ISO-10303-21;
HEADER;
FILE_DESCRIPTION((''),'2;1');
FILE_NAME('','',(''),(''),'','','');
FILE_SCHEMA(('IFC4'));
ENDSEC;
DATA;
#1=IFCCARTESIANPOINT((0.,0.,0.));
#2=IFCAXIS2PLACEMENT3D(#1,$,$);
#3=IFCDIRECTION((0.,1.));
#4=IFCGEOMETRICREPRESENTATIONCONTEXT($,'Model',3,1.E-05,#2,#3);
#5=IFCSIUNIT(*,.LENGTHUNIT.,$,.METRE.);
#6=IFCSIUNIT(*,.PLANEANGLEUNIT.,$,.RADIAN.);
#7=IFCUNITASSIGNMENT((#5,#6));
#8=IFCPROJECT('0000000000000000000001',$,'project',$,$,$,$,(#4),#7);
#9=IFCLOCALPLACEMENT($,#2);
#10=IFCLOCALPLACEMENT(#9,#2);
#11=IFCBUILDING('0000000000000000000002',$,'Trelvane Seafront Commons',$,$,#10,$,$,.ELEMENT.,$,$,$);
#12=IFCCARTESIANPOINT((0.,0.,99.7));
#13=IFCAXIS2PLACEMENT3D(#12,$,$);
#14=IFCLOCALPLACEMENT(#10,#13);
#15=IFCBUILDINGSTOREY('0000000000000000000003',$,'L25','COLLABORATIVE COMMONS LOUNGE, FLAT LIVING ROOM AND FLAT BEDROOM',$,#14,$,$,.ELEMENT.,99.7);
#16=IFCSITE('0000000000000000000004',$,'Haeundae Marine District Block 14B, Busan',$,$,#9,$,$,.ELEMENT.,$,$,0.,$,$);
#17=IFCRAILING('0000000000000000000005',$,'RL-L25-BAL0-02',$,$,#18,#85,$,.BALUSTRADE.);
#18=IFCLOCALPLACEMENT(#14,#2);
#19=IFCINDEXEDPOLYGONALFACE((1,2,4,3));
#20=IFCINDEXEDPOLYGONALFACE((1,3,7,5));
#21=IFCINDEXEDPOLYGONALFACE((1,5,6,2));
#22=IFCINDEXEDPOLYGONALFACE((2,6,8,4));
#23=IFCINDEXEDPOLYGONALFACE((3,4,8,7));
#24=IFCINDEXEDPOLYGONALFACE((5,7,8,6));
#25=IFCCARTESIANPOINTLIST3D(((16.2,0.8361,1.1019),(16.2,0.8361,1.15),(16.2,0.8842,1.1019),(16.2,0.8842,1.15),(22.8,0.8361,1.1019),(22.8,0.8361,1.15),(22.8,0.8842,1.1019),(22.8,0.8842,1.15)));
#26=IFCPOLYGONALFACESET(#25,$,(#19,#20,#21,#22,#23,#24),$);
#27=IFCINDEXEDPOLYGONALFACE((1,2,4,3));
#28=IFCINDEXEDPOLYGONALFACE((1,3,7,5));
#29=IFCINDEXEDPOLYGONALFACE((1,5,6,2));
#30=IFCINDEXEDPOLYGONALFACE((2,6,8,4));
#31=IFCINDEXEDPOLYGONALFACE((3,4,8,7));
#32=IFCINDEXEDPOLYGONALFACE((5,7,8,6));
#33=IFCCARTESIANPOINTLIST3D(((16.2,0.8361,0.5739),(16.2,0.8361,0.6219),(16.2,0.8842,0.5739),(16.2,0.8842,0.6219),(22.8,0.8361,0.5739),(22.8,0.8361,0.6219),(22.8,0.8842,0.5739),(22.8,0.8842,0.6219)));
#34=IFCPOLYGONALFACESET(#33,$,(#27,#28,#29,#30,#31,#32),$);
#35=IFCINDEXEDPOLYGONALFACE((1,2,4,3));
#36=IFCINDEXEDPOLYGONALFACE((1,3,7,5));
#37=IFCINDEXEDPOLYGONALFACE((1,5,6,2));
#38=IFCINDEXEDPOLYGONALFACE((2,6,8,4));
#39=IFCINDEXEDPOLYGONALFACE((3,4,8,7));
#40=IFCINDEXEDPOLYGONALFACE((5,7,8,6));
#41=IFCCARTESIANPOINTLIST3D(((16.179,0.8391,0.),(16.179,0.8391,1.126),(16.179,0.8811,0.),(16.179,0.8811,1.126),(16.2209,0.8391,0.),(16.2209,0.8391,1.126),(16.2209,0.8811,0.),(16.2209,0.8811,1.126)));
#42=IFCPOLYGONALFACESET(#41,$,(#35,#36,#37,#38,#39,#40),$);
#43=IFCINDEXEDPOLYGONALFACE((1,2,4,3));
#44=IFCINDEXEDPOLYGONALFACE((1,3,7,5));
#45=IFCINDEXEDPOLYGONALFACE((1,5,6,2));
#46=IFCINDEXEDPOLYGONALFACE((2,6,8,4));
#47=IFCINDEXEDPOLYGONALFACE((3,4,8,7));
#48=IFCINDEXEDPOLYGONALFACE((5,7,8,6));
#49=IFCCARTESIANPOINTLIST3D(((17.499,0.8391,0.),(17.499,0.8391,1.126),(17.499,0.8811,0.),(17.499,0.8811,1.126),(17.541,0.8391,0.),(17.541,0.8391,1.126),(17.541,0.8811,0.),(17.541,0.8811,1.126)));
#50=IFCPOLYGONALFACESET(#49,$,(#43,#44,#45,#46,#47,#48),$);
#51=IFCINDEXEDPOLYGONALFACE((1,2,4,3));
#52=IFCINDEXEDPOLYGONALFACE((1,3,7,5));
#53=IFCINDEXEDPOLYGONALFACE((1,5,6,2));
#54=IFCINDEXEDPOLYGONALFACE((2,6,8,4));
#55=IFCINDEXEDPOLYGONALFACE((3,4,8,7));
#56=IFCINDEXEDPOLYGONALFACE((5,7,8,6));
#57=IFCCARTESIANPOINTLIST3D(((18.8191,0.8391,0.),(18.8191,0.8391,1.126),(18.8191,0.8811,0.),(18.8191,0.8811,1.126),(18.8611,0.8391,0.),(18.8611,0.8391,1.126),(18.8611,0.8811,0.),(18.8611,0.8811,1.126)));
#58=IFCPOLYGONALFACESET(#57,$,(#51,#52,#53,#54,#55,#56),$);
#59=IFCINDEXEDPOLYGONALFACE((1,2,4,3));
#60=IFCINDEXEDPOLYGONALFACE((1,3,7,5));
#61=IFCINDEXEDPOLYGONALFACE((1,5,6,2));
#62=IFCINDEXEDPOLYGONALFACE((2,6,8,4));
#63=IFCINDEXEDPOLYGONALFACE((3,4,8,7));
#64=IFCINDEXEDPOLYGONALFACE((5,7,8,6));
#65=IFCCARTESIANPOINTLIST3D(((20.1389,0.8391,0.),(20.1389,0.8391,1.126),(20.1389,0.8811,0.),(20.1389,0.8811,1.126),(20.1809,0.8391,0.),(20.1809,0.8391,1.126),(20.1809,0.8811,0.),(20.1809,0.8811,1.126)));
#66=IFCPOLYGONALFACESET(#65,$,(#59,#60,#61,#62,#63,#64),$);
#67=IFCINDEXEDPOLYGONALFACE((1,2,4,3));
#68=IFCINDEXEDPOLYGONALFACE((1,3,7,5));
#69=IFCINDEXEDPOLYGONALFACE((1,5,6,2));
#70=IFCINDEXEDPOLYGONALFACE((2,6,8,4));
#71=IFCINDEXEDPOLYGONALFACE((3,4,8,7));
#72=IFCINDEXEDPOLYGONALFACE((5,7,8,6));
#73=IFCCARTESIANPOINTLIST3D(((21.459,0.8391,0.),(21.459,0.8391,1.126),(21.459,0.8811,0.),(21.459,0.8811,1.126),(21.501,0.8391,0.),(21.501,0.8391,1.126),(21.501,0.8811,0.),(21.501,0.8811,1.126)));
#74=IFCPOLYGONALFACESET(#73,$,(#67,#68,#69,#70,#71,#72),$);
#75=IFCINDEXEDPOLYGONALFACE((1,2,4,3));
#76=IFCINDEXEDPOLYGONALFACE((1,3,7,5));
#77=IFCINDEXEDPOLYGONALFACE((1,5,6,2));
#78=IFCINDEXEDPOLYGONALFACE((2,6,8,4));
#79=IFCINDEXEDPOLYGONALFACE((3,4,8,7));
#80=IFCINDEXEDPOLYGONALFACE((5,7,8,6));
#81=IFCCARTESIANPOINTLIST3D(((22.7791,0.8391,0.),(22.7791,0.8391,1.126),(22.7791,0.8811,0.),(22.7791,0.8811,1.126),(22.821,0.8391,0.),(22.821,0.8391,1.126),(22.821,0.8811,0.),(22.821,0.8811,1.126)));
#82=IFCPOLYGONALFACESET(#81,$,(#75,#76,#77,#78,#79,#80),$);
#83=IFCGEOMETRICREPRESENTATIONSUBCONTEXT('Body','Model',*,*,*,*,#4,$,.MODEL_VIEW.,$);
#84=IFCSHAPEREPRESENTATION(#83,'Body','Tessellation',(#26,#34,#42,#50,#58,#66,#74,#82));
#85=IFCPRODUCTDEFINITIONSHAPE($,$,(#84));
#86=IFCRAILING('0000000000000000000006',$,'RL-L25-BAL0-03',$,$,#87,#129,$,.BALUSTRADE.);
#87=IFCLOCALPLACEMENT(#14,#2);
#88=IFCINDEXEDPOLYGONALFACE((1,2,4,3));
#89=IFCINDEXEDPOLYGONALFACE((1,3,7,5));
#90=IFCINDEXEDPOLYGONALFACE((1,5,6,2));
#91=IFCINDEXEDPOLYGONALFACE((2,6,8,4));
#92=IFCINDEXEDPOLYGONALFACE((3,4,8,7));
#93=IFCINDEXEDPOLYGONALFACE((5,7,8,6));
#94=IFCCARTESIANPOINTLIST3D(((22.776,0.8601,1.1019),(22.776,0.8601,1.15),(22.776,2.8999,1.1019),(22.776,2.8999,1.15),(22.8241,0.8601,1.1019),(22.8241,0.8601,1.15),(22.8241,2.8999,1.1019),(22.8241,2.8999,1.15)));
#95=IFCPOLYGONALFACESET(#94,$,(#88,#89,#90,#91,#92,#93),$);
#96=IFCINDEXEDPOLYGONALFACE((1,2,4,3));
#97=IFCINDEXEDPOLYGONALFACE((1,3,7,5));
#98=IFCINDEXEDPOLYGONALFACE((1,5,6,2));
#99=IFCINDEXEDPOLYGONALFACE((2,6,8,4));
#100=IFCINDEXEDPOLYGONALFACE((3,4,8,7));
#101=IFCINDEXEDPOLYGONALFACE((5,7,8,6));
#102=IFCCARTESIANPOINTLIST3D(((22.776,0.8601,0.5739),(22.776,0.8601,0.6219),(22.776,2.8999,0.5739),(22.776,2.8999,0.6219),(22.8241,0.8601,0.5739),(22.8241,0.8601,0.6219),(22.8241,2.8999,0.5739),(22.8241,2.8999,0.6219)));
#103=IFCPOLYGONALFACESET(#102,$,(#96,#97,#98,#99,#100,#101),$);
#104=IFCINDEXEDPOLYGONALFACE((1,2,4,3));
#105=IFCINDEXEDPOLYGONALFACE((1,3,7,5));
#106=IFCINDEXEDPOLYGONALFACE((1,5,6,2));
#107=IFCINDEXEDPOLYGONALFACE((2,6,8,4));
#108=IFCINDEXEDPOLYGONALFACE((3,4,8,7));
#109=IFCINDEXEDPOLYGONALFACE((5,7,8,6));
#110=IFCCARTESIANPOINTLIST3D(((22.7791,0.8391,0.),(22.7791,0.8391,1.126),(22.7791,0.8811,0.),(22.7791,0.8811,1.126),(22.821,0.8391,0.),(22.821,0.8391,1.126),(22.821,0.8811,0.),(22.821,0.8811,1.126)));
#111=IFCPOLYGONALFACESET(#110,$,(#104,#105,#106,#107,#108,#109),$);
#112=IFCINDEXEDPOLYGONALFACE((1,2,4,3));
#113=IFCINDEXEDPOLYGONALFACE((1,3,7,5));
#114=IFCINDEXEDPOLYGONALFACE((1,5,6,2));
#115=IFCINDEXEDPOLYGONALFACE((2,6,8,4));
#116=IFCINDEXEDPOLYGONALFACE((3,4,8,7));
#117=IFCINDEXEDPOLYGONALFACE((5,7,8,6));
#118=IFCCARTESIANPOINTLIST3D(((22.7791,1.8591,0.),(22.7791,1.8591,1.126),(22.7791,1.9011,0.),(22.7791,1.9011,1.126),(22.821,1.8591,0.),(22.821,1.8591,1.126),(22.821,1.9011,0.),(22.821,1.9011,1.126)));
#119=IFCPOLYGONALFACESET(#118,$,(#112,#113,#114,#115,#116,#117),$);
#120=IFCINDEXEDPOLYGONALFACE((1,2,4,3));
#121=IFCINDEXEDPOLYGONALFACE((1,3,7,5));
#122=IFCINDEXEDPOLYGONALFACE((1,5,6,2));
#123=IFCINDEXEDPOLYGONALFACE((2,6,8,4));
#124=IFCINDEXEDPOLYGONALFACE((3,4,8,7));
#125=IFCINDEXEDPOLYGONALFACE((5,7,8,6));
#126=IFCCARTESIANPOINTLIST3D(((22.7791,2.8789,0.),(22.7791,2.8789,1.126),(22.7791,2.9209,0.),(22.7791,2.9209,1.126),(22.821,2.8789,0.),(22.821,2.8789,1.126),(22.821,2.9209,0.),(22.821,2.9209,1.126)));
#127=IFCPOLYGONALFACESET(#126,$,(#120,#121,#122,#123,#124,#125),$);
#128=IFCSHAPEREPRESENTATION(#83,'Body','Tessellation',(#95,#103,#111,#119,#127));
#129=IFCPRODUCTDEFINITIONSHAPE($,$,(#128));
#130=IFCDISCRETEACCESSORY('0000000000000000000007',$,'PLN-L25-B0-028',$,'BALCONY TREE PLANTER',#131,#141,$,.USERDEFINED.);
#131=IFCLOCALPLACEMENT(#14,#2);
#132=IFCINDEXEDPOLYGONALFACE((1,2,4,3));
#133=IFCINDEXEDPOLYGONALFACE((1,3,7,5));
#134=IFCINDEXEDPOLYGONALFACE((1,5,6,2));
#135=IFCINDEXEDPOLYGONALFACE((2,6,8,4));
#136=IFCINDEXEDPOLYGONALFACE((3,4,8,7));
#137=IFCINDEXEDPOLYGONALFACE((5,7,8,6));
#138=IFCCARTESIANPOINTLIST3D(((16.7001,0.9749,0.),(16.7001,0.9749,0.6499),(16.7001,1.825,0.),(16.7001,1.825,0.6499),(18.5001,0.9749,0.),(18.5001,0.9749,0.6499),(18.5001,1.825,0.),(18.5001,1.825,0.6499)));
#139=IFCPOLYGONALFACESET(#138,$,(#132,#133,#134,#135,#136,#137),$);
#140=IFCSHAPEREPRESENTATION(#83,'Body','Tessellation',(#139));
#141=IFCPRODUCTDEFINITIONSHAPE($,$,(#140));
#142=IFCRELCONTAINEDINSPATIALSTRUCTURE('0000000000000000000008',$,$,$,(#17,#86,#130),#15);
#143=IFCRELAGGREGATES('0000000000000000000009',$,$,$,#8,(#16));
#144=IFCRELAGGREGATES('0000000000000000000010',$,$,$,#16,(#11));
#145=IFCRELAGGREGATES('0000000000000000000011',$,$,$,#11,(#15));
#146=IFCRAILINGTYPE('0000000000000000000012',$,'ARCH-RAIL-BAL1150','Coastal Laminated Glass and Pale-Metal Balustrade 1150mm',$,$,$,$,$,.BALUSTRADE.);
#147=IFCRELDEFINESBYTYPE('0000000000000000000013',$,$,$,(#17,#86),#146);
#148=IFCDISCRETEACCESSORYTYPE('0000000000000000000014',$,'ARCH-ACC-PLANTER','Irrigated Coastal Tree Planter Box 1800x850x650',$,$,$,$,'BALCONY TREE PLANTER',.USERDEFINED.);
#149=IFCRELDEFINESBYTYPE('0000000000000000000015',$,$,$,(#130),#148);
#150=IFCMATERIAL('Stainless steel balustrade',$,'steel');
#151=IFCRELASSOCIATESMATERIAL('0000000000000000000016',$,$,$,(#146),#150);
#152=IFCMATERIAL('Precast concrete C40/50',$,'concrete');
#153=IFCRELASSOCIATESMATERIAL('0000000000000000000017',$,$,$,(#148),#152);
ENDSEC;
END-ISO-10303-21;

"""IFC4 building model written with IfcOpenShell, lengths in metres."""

from ifc_helpers import new_model, si_unit, direction, frame, origin, origin_2d, place, context, subcontext, project, spatial, rectangle, extrude, source, transform, mapped, material, type_object, element, save


model = new_model("IFC4")

# Units and contexts
model_context = context("Model", 3, precision=1e-05, world=origin(), true_north=direction((0.0, 1.0)))
body_context = subcontext(model_context, "Body", "Model", "MODEL_VIEW")
ifc_project = project(units=[si_unit("LENGTHUNIT", "METRE"), si_unit("PLANEANGLEUNIT", "RADIAN")], contexts=[model_context])

# Site, building, storey
site_placement = place(None, origin())
site = spatial("IfcSite", under=ifc_project, at=site_placement, Name="Haeundae Marine District Block 14B, Busan", CompositionType="ELEMENT", RefElevation=0.0)
building_placement = place(site_placement, origin())
building = spatial("IfcBuilding", under=site, at=building_placement, Name="Trelvane Seafront Commons", CompositionType="ELEMENT")
storey_placement = place(building_placement, frame((0.0, 0.0, 99.7)))
storey = spatial("IfcBuildingStorey", under=building, at=storey_placement, Name="L25", Description="COLLABORATIVE COMMONS LOUNGE, FLAT LIVING ROOM AND FLAT BEDROOM", CompositionType="ELEMENT", Elevation=99.7)

# Railings
ifc_material_1 = material(Name="Stainless steel balustrade", Category="steel")
railing_type = type_object("IfcRailingType", Name="ARCH-RAIL-BAL1150", Description="Coastal Laminated Glass and Pale-Metal Balustrade 1150mm", PredefinedType="BALUSTRADE", material=ifc_material_1)
railing_1_placement = place(storey_placement, frame((16.2, 0.8601, 0.0)))
element("IfcRailing", 1, at=railing_1_placement, inside=storey, type_object=railing_type, Name="RL-L25-BAL0-02", PredefinedType="BALUSTRADE", context=body_context, shape_type="SweptSolid", body=[
    extrude(rectangle(XDim=0.0481, YDim=0.0481, at=origin_2d()), frame((0.0, 0.0, 1.126), z_axis=(1.0, 0.0, 0.0), x_axis=(0.0, 1.0, 0.0)), (0.0, 0.0, 1.0), 6.6001),
    extrude(rectangle(XDim=0.0481, YDim=0.0481, at=origin_2d()), frame((0.0, 0.0, 0.5979), z_axis=(1.0, 0.0, 0.0), x_axis=(0.0, 1.0, 0.0)), (0.0, 0.0, 1.0), 6.6001),
    extrude(rectangle(XDim=0.042, YDim=0.042, at=origin_2d()), origin(), (0.0, 0.0, 1.0), 1.126),
    extrude(rectangle(XDim=0.042, YDim=0.042, at=origin_2d()), frame((1.3201, 0.0, 0.0)), (0.0, 0.0, 1.0), 1.126),
    extrude(rectangle(XDim=0.042, YDim=0.042, at=origin_2d()), frame((2.6401, 0.0, 0.0)), (0.0, 0.0, 1.0), 1.126),
    extrude(rectangle(XDim=0.042, YDim=0.042, at=origin_2d()), frame((3.96, 0.0, 0.0)), (0.0, 0.0, 1.0), 1.126),
    extrude(rectangle(XDim=0.042, YDim=0.042, at=origin_2d()), frame((5.28, 0.0, 0.0)), (0.0, 0.0, 1.0), 1.126),
    extrude(rectangle(XDim=0.042, YDim=0.042, at=origin_2d()), frame((6.6001, 0.0, 0.0)), (0.0, 0.0, 1.0), 1.126),
])
railing_2_placement = place(storey_placement, frame((22.8, 0.8601, 0.0)))
element("IfcRailing", 2, at=railing_2_placement, inside=storey, type_object=railing_type, Name="RL-L25-BAL0-03", PredefinedType="BALUSTRADE", context=body_context, shape_type="SweptSolid", body=[
    extrude(rectangle(XDim=0.0481, YDim=0.0481, at=origin_2d()), frame((0.0, 0.0, 1.126), z_axis=(0.0, 1.0, 0.0), x_axis=(-1.0, 0.0, 0.0)), (0.0, 0.0, 1.0), 2.0398),
    extrude(rectangle(XDim=0.0481, YDim=0.0481, at=origin_2d()), frame((0.0, 0.0, 0.5979), z_axis=(0.0, 1.0, 0.0), x_axis=(-1.0, 0.0, 0.0)), (0.0, 0.0, 1.0), 2.0398),
    extrude(rectangle(XDim=0.042, YDim=0.042, at=origin_2d()), origin(), (0.0, 0.0, 1.0), 1.126),
    extrude(rectangle(XDim=0.042, YDim=0.042, at=origin_2d()), frame((0.0, 1.02, 0.0)), (0.0, 0.0, 1.0), 1.126),
    extrude(rectangle(XDim=0.042, YDim=0.042, at=origin_2d()), frame((0.0, 2.0398, 0.0)), (0.0, 0.0, 1.0), 1.126),
])

# Discrete accessory
ifc_material_2 = material(Name="Precast concrete C40/50", Category="concrete")
discrete_accessory_type = type_object("IfcDiscreteAccessoryType", Name="ARCH-ACC-PLANTER", Description="Irrigated Coastal Tree Planter Box 1800x850x650", ElementType="BALCONY TREE PLANTER", PredefinedType="USERDEFINED", material=ifc_material_2)
shared_shape_1 = source(origin(), body_context, "Body", "SweptSolid", [
    extrude(rectangle(XDim=1.8, YDim=0.8501, at=origin_2d()), origin(), (0.0, 0.0, 1.0), 0.6499),
])
discrete_accessory_placement = place(storey_placement, frame((17.6001, 1.3999, 0.0), z_axis=(0.0, 0.0, 1.0), x_axis=(1.0, 0.0, 0.0)))
element("IfcDiscreteAccessory", 3, at=discrete_accessory_placement, inside=storey, type_object=discrete_accessory_type, Name="PLN-L25-B0-028", ObjectType="BALCONY TREE PLANTER", PredefinedType="USERDEFINED", context=body_context, shape_type="MappedRepresentation", body=[
    mapped(shared_shape_1, transform((0.0, 0.0, 0.0), x_axis=(1.0, 0.0, 0.0), y_axis=(0.0, 1.0, 0.0), z_axis=(0.0, 0.0, 1.0), scale=1.0)),
])

save(model, "model.ifc")
